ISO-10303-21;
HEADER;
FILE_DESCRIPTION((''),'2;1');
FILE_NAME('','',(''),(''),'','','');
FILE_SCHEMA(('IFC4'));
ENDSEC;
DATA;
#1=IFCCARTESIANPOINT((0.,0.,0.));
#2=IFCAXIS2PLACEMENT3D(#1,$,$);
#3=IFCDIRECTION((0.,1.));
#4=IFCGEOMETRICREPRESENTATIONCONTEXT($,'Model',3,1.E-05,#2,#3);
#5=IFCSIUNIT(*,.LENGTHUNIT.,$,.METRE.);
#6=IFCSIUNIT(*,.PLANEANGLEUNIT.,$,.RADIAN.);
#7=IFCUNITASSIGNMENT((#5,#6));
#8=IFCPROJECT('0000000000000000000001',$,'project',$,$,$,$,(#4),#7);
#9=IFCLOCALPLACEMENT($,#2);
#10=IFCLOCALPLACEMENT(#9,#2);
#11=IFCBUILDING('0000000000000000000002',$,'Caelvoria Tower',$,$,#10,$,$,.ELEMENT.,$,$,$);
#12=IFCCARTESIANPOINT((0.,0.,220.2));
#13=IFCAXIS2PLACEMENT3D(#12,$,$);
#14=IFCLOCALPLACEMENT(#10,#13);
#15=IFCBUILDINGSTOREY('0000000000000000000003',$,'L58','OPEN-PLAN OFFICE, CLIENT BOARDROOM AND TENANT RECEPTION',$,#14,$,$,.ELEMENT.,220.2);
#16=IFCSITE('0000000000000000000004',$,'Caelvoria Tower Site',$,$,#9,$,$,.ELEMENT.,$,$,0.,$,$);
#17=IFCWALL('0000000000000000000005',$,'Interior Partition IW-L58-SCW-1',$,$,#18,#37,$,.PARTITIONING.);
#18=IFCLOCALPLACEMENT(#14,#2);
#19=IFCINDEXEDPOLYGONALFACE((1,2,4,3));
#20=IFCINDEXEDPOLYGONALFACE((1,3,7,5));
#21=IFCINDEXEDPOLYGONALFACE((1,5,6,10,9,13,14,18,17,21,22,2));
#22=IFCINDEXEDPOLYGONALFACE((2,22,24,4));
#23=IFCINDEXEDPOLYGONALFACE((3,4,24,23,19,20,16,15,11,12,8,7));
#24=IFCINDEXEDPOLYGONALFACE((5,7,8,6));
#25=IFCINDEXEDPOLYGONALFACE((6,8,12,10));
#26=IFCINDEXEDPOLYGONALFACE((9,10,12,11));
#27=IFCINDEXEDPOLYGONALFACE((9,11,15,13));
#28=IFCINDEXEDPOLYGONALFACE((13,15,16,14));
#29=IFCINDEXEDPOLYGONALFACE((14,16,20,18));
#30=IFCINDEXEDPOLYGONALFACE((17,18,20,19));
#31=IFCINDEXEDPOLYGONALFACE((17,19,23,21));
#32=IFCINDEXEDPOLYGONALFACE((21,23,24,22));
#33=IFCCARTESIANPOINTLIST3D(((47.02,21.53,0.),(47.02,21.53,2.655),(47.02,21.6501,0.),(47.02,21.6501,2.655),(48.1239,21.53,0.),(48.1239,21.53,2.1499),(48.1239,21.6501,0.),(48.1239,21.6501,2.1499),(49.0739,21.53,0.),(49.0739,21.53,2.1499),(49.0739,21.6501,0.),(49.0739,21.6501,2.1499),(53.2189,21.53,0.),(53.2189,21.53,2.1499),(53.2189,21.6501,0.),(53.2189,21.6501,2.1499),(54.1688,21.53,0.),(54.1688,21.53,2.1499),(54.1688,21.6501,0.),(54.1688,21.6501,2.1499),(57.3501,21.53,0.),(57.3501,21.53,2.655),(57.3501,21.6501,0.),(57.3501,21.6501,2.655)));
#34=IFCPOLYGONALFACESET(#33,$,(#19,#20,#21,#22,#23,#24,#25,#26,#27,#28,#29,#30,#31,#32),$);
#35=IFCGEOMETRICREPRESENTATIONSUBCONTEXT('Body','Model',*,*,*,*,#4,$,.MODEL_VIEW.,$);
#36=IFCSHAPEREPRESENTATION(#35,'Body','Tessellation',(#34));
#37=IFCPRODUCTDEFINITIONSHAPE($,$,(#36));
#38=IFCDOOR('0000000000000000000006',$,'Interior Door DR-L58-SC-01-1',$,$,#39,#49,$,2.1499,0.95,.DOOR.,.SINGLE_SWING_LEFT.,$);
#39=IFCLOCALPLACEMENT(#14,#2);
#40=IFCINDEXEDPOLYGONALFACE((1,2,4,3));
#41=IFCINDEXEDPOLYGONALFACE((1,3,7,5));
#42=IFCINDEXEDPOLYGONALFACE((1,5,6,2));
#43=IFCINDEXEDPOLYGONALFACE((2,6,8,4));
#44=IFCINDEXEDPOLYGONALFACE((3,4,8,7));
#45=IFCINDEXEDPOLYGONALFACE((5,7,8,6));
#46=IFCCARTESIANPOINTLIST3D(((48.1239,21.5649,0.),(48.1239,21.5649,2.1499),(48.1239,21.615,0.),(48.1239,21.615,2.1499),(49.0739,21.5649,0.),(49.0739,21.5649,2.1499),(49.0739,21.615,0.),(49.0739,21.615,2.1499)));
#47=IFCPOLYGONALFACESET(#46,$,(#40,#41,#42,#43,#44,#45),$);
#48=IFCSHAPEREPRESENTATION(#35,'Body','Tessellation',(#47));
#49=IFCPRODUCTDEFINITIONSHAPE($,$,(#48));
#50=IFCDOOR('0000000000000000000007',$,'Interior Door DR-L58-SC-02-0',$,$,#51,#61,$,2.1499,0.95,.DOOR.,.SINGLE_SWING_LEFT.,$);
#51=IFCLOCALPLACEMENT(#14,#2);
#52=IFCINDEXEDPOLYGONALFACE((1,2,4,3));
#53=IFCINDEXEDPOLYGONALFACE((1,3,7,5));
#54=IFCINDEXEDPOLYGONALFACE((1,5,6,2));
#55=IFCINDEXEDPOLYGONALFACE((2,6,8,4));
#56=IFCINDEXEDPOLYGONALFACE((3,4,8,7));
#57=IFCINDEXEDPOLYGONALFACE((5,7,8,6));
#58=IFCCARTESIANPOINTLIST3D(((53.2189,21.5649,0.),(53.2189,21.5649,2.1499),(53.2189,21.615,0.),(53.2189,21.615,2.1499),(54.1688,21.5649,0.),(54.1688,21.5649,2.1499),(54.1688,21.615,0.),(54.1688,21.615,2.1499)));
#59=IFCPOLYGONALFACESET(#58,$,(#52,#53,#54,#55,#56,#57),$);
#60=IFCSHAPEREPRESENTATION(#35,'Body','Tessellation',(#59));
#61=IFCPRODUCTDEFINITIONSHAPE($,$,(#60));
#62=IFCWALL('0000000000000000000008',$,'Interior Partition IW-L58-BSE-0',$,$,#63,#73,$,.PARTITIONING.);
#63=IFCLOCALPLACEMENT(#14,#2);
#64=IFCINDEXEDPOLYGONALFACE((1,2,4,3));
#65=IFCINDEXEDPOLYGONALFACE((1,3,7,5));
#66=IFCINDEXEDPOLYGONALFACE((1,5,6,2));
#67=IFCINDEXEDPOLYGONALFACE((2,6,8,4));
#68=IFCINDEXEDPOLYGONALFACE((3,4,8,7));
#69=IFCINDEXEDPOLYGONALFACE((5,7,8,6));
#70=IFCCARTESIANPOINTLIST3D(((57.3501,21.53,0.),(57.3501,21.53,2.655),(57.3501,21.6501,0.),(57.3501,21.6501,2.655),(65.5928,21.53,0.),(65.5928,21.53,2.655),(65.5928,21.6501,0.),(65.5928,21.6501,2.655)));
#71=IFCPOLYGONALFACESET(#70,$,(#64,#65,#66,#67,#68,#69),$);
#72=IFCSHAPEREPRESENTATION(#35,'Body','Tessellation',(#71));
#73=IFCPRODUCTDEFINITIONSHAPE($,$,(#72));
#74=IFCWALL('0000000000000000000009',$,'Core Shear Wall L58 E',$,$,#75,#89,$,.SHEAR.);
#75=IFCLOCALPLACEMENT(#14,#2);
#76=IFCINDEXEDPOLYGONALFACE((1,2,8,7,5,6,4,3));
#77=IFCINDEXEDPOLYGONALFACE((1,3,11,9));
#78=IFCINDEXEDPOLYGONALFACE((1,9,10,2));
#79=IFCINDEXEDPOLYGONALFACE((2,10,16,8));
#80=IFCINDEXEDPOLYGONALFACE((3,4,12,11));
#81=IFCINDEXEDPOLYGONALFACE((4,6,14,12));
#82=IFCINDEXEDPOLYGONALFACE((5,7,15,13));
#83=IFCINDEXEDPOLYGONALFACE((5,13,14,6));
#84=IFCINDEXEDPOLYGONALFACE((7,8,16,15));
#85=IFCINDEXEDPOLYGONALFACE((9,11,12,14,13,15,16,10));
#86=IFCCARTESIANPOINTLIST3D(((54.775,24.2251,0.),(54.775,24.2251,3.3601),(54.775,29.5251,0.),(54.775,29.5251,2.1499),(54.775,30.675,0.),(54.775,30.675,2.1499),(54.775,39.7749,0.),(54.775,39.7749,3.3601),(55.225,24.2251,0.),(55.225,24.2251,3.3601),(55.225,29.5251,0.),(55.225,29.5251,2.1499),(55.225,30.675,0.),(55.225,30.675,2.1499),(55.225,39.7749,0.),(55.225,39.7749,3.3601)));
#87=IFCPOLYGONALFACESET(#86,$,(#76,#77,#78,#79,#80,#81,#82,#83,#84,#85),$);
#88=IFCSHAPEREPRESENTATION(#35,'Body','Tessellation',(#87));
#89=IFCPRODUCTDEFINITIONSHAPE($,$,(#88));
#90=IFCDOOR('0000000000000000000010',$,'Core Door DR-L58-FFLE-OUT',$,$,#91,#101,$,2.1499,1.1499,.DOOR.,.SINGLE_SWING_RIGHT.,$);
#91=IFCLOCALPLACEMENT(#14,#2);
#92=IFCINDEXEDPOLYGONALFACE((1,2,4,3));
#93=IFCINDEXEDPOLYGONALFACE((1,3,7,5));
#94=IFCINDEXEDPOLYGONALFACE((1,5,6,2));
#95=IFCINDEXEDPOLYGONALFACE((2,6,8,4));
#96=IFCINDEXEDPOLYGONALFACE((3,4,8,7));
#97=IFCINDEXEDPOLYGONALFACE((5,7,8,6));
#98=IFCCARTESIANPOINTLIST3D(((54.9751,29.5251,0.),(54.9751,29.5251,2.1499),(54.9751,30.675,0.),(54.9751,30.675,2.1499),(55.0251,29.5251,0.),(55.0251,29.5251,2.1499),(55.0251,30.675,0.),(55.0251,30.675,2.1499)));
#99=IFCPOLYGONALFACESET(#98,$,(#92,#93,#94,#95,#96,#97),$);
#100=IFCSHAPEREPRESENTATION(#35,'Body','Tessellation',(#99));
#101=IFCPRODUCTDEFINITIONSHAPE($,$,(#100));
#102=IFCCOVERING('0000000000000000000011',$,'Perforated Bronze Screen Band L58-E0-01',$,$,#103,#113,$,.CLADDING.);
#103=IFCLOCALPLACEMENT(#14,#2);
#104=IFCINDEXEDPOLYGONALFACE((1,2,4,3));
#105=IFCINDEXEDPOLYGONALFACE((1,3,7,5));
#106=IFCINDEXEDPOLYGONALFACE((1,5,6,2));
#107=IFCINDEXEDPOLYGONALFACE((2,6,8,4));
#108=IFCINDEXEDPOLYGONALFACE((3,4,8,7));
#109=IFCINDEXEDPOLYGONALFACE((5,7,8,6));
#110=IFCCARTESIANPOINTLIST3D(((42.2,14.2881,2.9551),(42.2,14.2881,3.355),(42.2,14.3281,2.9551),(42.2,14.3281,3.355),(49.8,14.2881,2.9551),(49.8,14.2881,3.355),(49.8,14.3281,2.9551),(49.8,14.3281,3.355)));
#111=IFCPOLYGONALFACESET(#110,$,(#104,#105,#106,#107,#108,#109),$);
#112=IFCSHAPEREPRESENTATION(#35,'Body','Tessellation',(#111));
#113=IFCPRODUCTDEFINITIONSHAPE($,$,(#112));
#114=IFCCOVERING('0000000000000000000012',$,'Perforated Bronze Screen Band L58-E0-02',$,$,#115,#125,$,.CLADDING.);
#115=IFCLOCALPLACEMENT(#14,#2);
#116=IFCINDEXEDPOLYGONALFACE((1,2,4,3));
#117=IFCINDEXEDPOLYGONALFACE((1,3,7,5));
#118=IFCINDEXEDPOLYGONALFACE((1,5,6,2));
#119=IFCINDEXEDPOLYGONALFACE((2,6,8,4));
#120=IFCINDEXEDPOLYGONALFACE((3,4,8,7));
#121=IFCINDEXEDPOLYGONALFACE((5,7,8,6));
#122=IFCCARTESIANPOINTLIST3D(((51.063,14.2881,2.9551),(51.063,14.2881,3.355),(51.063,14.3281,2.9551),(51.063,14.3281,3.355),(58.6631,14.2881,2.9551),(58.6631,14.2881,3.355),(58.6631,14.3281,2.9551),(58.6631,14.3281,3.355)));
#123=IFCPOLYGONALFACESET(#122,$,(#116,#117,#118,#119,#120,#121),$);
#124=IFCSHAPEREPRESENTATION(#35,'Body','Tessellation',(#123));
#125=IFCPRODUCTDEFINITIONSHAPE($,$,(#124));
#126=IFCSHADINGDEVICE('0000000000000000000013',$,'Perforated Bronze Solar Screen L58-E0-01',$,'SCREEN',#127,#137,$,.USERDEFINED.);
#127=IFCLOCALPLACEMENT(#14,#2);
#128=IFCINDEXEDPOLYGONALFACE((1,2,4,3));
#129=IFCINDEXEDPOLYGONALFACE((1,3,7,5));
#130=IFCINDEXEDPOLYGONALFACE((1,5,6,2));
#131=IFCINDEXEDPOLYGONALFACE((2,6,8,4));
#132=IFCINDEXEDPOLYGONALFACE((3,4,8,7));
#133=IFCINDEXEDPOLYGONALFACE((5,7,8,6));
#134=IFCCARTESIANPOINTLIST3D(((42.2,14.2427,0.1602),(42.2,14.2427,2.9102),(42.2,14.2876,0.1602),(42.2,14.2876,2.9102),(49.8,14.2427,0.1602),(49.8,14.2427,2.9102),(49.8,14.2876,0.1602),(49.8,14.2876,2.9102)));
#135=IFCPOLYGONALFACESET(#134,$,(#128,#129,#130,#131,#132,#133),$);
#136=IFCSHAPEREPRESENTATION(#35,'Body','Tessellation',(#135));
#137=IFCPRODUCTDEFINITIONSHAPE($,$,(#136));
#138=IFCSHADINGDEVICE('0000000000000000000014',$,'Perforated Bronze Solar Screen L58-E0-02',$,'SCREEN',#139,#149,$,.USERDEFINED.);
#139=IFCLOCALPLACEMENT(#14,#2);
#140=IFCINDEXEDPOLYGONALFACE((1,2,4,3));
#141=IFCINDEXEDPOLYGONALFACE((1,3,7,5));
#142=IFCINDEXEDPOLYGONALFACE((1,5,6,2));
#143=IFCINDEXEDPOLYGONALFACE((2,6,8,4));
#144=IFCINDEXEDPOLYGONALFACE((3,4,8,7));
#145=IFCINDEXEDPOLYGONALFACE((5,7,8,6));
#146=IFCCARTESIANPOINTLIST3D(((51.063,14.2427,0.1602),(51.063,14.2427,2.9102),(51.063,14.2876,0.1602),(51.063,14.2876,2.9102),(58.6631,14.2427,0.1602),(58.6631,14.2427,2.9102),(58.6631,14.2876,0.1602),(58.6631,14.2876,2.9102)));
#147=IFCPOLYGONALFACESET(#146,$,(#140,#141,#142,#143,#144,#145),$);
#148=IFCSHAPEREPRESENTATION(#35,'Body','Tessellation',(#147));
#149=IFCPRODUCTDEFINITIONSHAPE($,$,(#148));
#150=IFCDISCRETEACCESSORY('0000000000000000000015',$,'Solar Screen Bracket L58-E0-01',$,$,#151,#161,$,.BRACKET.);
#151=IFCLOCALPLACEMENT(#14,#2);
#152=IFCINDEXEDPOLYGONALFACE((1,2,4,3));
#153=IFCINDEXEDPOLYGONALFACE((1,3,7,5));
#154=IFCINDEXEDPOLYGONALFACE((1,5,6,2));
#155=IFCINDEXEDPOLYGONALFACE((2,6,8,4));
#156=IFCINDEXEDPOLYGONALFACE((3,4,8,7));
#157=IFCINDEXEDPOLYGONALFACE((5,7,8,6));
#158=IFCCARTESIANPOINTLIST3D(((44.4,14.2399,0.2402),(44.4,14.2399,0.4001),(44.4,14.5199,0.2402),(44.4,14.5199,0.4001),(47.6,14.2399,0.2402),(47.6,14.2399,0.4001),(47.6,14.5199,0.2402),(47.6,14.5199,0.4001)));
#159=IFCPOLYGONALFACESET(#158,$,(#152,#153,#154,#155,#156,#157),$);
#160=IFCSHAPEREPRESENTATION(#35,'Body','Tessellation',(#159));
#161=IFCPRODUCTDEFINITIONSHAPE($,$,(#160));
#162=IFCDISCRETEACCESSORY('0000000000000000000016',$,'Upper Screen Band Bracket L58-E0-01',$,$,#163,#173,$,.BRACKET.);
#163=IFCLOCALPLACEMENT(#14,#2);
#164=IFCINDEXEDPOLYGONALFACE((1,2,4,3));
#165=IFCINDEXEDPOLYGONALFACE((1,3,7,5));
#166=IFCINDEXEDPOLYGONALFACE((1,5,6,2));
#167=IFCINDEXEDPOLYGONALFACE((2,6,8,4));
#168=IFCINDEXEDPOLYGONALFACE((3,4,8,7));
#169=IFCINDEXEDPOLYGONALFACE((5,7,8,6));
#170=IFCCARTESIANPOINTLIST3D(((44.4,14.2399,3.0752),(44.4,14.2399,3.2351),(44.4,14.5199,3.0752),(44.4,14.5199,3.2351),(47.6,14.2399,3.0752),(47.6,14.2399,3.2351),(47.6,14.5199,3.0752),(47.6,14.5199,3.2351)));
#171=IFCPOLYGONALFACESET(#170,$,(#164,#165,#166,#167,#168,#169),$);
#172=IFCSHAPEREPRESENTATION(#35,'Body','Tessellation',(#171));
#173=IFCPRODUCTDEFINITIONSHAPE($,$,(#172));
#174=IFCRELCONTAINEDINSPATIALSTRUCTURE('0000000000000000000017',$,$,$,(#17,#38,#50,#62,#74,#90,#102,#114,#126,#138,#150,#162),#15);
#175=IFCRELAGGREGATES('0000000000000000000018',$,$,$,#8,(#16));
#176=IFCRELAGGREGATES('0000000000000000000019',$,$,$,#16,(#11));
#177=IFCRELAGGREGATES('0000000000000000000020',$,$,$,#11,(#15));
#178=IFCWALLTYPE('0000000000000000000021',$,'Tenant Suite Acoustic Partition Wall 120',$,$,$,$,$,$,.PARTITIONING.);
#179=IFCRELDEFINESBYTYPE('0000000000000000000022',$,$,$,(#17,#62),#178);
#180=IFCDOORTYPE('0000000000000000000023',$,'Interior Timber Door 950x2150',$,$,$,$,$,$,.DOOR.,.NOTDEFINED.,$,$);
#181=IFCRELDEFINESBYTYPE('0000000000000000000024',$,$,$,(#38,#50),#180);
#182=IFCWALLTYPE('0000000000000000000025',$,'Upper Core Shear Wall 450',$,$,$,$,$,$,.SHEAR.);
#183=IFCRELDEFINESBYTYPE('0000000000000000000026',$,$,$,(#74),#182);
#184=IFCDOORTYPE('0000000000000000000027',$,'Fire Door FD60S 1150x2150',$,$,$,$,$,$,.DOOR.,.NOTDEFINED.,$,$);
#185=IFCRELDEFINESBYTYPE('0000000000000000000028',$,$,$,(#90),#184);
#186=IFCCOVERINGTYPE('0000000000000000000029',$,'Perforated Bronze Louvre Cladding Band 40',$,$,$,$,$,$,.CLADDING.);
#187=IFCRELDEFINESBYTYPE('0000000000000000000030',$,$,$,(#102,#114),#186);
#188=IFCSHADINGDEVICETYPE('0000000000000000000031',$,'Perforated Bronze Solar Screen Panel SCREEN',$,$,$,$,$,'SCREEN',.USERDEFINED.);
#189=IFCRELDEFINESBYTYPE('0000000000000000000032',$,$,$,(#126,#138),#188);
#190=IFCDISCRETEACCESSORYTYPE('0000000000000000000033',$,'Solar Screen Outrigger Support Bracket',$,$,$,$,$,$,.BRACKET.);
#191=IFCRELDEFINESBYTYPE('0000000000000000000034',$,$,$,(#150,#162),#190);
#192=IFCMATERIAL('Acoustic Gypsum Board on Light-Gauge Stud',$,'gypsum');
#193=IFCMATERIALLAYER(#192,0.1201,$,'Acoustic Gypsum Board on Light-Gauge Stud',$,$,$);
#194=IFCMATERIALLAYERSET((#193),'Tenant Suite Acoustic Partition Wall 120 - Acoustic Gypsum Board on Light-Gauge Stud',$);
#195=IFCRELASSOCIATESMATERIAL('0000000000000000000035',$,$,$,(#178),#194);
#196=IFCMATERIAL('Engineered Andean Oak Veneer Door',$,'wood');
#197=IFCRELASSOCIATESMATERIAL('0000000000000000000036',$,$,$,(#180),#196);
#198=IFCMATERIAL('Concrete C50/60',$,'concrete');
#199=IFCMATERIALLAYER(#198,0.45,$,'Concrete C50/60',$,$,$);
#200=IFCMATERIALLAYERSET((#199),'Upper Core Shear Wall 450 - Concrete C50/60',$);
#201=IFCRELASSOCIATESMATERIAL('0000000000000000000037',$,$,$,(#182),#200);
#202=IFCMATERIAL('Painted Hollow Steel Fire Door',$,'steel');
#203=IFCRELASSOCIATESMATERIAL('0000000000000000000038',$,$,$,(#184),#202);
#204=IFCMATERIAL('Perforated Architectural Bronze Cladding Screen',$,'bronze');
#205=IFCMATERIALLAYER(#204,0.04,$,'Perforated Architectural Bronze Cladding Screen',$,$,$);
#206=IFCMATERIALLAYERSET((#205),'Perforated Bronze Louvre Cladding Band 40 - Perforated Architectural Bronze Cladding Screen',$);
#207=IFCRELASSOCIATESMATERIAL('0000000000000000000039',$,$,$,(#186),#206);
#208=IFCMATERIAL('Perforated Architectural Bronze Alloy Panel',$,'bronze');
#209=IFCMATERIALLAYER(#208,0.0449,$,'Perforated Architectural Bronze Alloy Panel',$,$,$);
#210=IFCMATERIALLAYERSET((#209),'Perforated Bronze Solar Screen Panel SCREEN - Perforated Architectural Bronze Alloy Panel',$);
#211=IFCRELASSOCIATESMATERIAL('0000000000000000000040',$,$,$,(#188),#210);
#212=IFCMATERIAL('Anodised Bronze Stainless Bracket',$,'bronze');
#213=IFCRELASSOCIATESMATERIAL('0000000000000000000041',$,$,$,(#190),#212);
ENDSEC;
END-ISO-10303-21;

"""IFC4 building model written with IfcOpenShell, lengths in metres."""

from ifc_helpers import new_model, si_unit, direction, frame, frame_2d, origin, origin_2d, place, context, subcontext, project, spatial, rectangle, extrude, material, layer, layer_set, type_object, element, fill, save


model = new_model("IFC4")

# Units and contexts
model_context = context("Model", 3, precision=1e-05, world=origin(), true_north=direction((0.0, 1.0)))
body_context = subcontext(model_context, "Body", "Model", "MODEL_VIEW")
ifc_project = project(units=[si_unit("LENGTHUNIT", "METRE"), si_unit("PLANEANGLEUNIT", "RADIAN")], contexts=[model_context])

# Site, building, storey
site_placement = place(None, origin())
site = spatial("IfcSite", under=ifc_project, at=site_placement, Name="Caelvoria Tower Site", CompositionType="ELEMENT", RefElevation=0.0)
building_placement = place(site_placement, origin())
building = spatial("IfcBuilding", under=site, at=building_placement, Name="Caelvoria Tower", CompositionType="ELEMENT")
storey_placement = place(building_placement, frame((0.0, 0.0, 220.2)))
storey = spatial("IfcBuildingStorey", under=building, at=storey_placement, Name="L58", Description="OPEN-PLAN OFFICE, CLIENT BOARDROOM AND TENANT RECEPTION", CompositionType="ELEMENT", Elevation=220.2)

# Shared definitions
ifc_material_1 = material(Name="Concrete C50/60", Category="concrete")

# Shared definitions
ifc_material_2 = material(Name="Acoustic Gypsum Board on Light-Gauge Stud", Category="gypsum")
ifc_layer_1 = layer(ifc_material_2, 0.1201, Name="Acoustic Gypsum Board on Light-Gauge Stud")
ifc_layer_set_1 = layer_set([ifc_layer_1], Name="Tenant Suite Acoustic Partition Wall 120 - Acoustic Gypsum Board on Light-Gauge Stud")
wall_type_1 = type_object("IfcWallType", Name="Tenant Suite Acoustic Partition Wall 120", PredefinedType="PARTITIONING", material=ifc_layer_set_1)
ifc_material_3 = material(Name="Engineered Andean Oak Veneer Door", Category="wood")

# Wall, openings, doors
wall_1_placement = place(storey_placement, frame((47.02, 21.5901, 0.0), z_axis=(0.0, 0.0, 1.0), x_axis=(1.0, 0.0, 0.0)))
wall_1 = element("IfcWall", 1, at=wall_1_placement, inside=storey, type_object=wall_type_1, Name="Interior Partition IW-L58-SCW-1", PredefinedType="PARTITIONING", context=body_context, shape_type="SweptSolid", body=[
    extrude(rectangle(XDim=10.3301, YDim=0.1201, at=frame_2d((5.165, 0.0))), origin(), (0.0, 0.0, 1.0), 2.655),
])
opening_1_placement = place(wall_1_placement, frame((1.1038, 0.0, 0.0)))
opening_1 = element("IfcOpeningElement", 2, at=opening_1_placement, cuts=wall_1, PredefinedType="OPENING", context=body_context, shape_type="SweptSolid", body=[
    extrude(rectangle(XDim=0.95, YDim=2.1499, at=frame_2d((0.4751, 1.075))), frame((0.0, 0.0701, 0.0), z_axis=(0.0, -1.0, 0.0), x_axis=(1.0, 0.0, 0.0)), (0.0, 0.0, 1.0), 0.1401),
])
opening_2_placement = place(wall_1_placement, frame((6.1987, 0.0, 0.0)))
opening_2 = element("IfcOpeningElement", 3, at=opening_2_placement, cuts=wall_1, PredefinedType="OPENING", context=body_context, shape_type="SweptSolid", body=[
    extrude(rectangle(XDim=0.95, YDim=2.1499, at=frame_2d((0.4751, 1.075))), frame((0.0, 0.0701, 0.0), z_axis=(0.0, -1.0, 0.0), x_axis=(1.0, 0.0, 0.0)), (0.0, 0.0, 1.0), 0.1401),
])
door_type_1 = type_object("IfcDoorType", Name="Interior Timber Door 950x2150", OperationType="NOTDEFINED", PredefinedType="DOOR", material=ifc_material_3)
door_1_placement = place(opening_1_placement, origin())
door_1 = element("IfcDoor", 4, at=door_1_placement, inside=storey, type_object=door_type_1, Name="Interior Door DR-L58-SC-01-1", OperationType="SINGLE_SWING_LEFT", OverallHeight=2.1499, OverallWidth=0.95, PredefinedType="DOOR", context=body_context, shape_type="SweptSolid", body=[
    extrude(rectangle(XDim=0.95, YDim=2.1499, at=frame_2d((0.4751, 1.075))), frame((0.0, 0.0249, 0.0), z_axis=(0.0, -1.0, 0.0), x_axis=(1.0, 0.0, 0.0)), (0.0, 0.0, 1.0), 0.05),
])
fill(opening_1, door_1)
door_2_placement = place(opening_2_placement, origin())
door_2 = element("IfcDoor", 5, at=door_2_placement, inside=storey, type_object=door_type_1, Name="Interior Door DR-L58-SC-02-0", OperationType="SINGLE_SWING_LEFT", OverallHeight=2.1499, OverallWidth=0.95, PredefinedType="DOOR", context=body_context, shape_type="SweptSolid", body=[
    extrude(rectangle(XDim=0.95, YDim=2.1499, at=frame_2d((0.4751, 1.075))), frame((0.0, 0.0249, 0.0), z_axis=(0.0, -1.0, 0.0), x_axis=(1.0, 0.0, 0.0)), (0.0, 0.0, 1.0), 0.05),
])
fill(opening_2, door_2)

# Wall
wall_2_placement = place(storey_placement, frame((57.3501, 21.5901, 0.0), z_axis=(0.0, 0.0, 1.0), x_axis=(1.0, 0.0, 0.0)))
element("IfcWall", 6, at=wall_2_placement, inside=storey, type_object=wall_type_1, Name="Interior Partition IW-L58-BSE-0", PredefinedType="PARTITIONING", context=body_context, shape_type="SweptSolid", body=[
    extrude(rectangle(XDim=8.2427, YDim=0.1201, at=frame_2d((4.1213, 0.0))), origin(), (0.0, 0.0, 1.0), 2.655),
])

# Wall, opening, door
ifc_layer_2 = layer(ifc_material_1, 0.45, Name="Concrete C50/60")
ifc_layer_set_2 = layer_set([ifc_layer_2], Name="Upper Core Shear Wall 450 - Concrete C50/60")
wall_type_2 = type_object("IfcWallType", Name="Upper Core Shear Wall 450", PredefinedType="SHEAR", material=ifc_layer_set_2)
wall_3_placement = place(storey_placement, frame((55.0, 24.2251, 0.0), z_axis=(0.0, 0.0, 1.0), x_axis=(0.0, 1.0, 0.0)))
wall_3 = element("IfcWall", 7, at=wall_3_placement, inside=storey, type_object=wall_type_2, Name="Core Shear Wall L58 E", PredefinedType="SHEAR", context=body_context, shape_type="SweptSolid", body=[
    extrude(rectangle(XDim=15.5498, YDim=0.45, at=frame_2d((7.7749, 0.0))), origin(), (0.0, 0.0, 1.0), 3.3601),
])
opening_3_placement = place(wall_3_placement, frame((5.3, 0.0, 0.0)))
opening_3 = element("IfcOpeningElement", 8, at=opening_3_placement, cuts=wall_3, PredefinedType="OPENING", context=body_context, shape_type="SweptSolid", body=[
    extrude(rectangle(XDim=1.1499, YDim=2.1499, at=frame_2d((0.575, 1.075))), frame((0.0, 0.2349, 0.0), z_axis=(0.0, -1.0, 0.0), x_axis=(1.0, 0.0, 0.0)), (0.0, 0.0, 1.0), 0.47),
])
ifc_material_4 = material(Name="Painted Hollow Steel Fire Door", Category="steel")
door_type_2 = type_object("IfcDoorType", Name="Fire Door FD60S 1150x2150", OperationType="NOTDEFINED", PredefinedType="DOOR", material=ifc_material_4)
door_3_placement = place(opening_3_placement, origin())
door_3 = element("IfcDoor", 9, at=door_3_placement, inside=storey, type_object=door_type_2, Name="Core Door DR-L58-FFLE-OUT", OperationType="SINGLE_SWING_RIGHT", OverallHeight=2.1499, OverallWidth=1.1499, PredefinedType="DOOR", context=body_context, shape_type="SweptSolid", body=[
    extrude(rectangle(XDim=1.1499, YDim=2.1499, at=frame_2d((0.575, 1.075))), frame((0.0, 0.0249, 0.0), z_axis=(0.0, -1.0, 0.0), x_axis=(1.0, 0.0, 0.0)), (0.0, 0.0, 1.0), 0.05),
])
fill(opening_3, door_3)

# Coverings
ifc_material_5 = material(Name="Perforated Architectural Bronze Cladding Screen", Category="bronze")
ifc_layer_3 = layer(ifc_material_5, 0.04, Name="Perforated Architectural Bronze Cladding Screen")
ifc_layer_set_3 = layer_set([ifc_layer_3], Name="Perforated Bronze Louvre Cladding Band 40 - Perforated Architectural Bronze Cladding Screen")
covering_type = type_object("IfcCoveringType", Name="Perforated Bronze Louvre Cladding Band 40", PredefinedType="CLADDING", material=ifc_layer_set_3)
for number, where, z_axis, x_axis, name in (
    (10, (46.0, 14.3081, 2.9551), (0.0, 0.0, 1.0), (1.0, 0.0, 0.0), "Perforated Bronze Screen Band L58-E0-01"),
    (11, (54.863, 14.3081, 2.9551), (0.0, 0.0, 1.0), (1.0, 0.0, 0.0), "Perforated Bronze Screen Band L58-E0-02"),
):
    element("IfcCovering", number, at=place(storey_placement, frame(where, z_axis=z_axis, x_axis=x_axis)), inside=storey, type_object=covering_type, Name=name, PredefinedType="CLADDING", context=body_context, shape_type="SweptSolid", body=[
        extrude(rectangle(XDim=7.6001, YDim=0.04, at=origin_2d()), origin(), (0.0, 0.0, 1.0), 0.3999),
    ])

# Shading devices
ifc_material_6 = material(Name="Perforated Architectural Bronze Alloy Panel", Category="bronze")
ifc_layer_4 = layer(ifc_material_6, 0.0449, Name="Perforated Architectural Bronze Alloy Panel")
ifc_layer_set_4 = layer_set([ifc_layer_4], Name="Perforated Bronze Solar Screen Panel SCREEN - Perforated Architectural Bronze Alloy Panel")
shading_device_type = type_object("IfcShadingDeviceType", Name="Perforated Bronze Solar Screen Panel SCREEN", ElementType="SCREEN", PredefinedType="USERDEFINED", material=ifc_layer_set_4)
for number, where, z_axis, x_axis, name in (
    (12, (46.0, 14.2651, 0.1602), (0.0, 0.0, 1.0), (1.0, 0.0, 0.0), "Perforated Bronze Solar Screen L58-E0-01"),
    (13, (54.863, 14.2651, 0.1602), (0.0, 0.0, 1.0), (1.0, 0.0, 0.0), "Perforated Bronze Solar Screen L58-E0-02"),
):
    element("IfcShadingDevice", number, at=place(storey_placement, frame(where, z_axis=z_axis, x_axis=x_axis)), inside=storey, type_object=shading_device_type, Name=name, ObjectType="SCREEN", PredefinedType="USERDEFINED", context=body_context, shape_type="SweptSolid", body=[
        extrude(rectangle(XDim=7.6001, YDim=0.0449, at=origin_2d()), origin(), (0.0, 0.0, 1.0), 2.75),
    ])

# Discrete accessories
ifc_material_7 = material(Name="Anodised Bronze Stainless Bracket", Category="bronze")
discrete_accessory_type = type_object("IfcDiscreteAccessoryType", Name="Solar Screen Outrigger Support Bracket", PredefinedType="BRACKET", material=ifc_material_7)
for number, where, z_axis, x_axis, name in (
    (14, (46.0, 14.3799, 0.2402), (0.0, 0.0, 1.0), (1.0, 0.0, 0.0), "Solar Screen Bracket L58-E0-01"),
    (15, (46.0, 14.3799, 3.0752), (0.0, 0.0, 1.0), (1.0, 0.0, 0.0), "Upper Screen Band Bracket L58-E0-01"),
):
    element("IfcDiscreteAccessory", number, at=place(storey_placement, frame(where, z_axis=z_axis, x_axis=x_axis)), inside=storey, type_object=discrete_accessory_type, Name=name, PredefinedType="BRACKET", context=body_context, shape_type="SweptSolid", body=[
        extrude(rectangle(XDim=3.2, YDim=0.28, at=origin_2d()), origin(), (0.0, 0.0, 1.0), 0.1599),
    ])

save(model, "model.ifc")
